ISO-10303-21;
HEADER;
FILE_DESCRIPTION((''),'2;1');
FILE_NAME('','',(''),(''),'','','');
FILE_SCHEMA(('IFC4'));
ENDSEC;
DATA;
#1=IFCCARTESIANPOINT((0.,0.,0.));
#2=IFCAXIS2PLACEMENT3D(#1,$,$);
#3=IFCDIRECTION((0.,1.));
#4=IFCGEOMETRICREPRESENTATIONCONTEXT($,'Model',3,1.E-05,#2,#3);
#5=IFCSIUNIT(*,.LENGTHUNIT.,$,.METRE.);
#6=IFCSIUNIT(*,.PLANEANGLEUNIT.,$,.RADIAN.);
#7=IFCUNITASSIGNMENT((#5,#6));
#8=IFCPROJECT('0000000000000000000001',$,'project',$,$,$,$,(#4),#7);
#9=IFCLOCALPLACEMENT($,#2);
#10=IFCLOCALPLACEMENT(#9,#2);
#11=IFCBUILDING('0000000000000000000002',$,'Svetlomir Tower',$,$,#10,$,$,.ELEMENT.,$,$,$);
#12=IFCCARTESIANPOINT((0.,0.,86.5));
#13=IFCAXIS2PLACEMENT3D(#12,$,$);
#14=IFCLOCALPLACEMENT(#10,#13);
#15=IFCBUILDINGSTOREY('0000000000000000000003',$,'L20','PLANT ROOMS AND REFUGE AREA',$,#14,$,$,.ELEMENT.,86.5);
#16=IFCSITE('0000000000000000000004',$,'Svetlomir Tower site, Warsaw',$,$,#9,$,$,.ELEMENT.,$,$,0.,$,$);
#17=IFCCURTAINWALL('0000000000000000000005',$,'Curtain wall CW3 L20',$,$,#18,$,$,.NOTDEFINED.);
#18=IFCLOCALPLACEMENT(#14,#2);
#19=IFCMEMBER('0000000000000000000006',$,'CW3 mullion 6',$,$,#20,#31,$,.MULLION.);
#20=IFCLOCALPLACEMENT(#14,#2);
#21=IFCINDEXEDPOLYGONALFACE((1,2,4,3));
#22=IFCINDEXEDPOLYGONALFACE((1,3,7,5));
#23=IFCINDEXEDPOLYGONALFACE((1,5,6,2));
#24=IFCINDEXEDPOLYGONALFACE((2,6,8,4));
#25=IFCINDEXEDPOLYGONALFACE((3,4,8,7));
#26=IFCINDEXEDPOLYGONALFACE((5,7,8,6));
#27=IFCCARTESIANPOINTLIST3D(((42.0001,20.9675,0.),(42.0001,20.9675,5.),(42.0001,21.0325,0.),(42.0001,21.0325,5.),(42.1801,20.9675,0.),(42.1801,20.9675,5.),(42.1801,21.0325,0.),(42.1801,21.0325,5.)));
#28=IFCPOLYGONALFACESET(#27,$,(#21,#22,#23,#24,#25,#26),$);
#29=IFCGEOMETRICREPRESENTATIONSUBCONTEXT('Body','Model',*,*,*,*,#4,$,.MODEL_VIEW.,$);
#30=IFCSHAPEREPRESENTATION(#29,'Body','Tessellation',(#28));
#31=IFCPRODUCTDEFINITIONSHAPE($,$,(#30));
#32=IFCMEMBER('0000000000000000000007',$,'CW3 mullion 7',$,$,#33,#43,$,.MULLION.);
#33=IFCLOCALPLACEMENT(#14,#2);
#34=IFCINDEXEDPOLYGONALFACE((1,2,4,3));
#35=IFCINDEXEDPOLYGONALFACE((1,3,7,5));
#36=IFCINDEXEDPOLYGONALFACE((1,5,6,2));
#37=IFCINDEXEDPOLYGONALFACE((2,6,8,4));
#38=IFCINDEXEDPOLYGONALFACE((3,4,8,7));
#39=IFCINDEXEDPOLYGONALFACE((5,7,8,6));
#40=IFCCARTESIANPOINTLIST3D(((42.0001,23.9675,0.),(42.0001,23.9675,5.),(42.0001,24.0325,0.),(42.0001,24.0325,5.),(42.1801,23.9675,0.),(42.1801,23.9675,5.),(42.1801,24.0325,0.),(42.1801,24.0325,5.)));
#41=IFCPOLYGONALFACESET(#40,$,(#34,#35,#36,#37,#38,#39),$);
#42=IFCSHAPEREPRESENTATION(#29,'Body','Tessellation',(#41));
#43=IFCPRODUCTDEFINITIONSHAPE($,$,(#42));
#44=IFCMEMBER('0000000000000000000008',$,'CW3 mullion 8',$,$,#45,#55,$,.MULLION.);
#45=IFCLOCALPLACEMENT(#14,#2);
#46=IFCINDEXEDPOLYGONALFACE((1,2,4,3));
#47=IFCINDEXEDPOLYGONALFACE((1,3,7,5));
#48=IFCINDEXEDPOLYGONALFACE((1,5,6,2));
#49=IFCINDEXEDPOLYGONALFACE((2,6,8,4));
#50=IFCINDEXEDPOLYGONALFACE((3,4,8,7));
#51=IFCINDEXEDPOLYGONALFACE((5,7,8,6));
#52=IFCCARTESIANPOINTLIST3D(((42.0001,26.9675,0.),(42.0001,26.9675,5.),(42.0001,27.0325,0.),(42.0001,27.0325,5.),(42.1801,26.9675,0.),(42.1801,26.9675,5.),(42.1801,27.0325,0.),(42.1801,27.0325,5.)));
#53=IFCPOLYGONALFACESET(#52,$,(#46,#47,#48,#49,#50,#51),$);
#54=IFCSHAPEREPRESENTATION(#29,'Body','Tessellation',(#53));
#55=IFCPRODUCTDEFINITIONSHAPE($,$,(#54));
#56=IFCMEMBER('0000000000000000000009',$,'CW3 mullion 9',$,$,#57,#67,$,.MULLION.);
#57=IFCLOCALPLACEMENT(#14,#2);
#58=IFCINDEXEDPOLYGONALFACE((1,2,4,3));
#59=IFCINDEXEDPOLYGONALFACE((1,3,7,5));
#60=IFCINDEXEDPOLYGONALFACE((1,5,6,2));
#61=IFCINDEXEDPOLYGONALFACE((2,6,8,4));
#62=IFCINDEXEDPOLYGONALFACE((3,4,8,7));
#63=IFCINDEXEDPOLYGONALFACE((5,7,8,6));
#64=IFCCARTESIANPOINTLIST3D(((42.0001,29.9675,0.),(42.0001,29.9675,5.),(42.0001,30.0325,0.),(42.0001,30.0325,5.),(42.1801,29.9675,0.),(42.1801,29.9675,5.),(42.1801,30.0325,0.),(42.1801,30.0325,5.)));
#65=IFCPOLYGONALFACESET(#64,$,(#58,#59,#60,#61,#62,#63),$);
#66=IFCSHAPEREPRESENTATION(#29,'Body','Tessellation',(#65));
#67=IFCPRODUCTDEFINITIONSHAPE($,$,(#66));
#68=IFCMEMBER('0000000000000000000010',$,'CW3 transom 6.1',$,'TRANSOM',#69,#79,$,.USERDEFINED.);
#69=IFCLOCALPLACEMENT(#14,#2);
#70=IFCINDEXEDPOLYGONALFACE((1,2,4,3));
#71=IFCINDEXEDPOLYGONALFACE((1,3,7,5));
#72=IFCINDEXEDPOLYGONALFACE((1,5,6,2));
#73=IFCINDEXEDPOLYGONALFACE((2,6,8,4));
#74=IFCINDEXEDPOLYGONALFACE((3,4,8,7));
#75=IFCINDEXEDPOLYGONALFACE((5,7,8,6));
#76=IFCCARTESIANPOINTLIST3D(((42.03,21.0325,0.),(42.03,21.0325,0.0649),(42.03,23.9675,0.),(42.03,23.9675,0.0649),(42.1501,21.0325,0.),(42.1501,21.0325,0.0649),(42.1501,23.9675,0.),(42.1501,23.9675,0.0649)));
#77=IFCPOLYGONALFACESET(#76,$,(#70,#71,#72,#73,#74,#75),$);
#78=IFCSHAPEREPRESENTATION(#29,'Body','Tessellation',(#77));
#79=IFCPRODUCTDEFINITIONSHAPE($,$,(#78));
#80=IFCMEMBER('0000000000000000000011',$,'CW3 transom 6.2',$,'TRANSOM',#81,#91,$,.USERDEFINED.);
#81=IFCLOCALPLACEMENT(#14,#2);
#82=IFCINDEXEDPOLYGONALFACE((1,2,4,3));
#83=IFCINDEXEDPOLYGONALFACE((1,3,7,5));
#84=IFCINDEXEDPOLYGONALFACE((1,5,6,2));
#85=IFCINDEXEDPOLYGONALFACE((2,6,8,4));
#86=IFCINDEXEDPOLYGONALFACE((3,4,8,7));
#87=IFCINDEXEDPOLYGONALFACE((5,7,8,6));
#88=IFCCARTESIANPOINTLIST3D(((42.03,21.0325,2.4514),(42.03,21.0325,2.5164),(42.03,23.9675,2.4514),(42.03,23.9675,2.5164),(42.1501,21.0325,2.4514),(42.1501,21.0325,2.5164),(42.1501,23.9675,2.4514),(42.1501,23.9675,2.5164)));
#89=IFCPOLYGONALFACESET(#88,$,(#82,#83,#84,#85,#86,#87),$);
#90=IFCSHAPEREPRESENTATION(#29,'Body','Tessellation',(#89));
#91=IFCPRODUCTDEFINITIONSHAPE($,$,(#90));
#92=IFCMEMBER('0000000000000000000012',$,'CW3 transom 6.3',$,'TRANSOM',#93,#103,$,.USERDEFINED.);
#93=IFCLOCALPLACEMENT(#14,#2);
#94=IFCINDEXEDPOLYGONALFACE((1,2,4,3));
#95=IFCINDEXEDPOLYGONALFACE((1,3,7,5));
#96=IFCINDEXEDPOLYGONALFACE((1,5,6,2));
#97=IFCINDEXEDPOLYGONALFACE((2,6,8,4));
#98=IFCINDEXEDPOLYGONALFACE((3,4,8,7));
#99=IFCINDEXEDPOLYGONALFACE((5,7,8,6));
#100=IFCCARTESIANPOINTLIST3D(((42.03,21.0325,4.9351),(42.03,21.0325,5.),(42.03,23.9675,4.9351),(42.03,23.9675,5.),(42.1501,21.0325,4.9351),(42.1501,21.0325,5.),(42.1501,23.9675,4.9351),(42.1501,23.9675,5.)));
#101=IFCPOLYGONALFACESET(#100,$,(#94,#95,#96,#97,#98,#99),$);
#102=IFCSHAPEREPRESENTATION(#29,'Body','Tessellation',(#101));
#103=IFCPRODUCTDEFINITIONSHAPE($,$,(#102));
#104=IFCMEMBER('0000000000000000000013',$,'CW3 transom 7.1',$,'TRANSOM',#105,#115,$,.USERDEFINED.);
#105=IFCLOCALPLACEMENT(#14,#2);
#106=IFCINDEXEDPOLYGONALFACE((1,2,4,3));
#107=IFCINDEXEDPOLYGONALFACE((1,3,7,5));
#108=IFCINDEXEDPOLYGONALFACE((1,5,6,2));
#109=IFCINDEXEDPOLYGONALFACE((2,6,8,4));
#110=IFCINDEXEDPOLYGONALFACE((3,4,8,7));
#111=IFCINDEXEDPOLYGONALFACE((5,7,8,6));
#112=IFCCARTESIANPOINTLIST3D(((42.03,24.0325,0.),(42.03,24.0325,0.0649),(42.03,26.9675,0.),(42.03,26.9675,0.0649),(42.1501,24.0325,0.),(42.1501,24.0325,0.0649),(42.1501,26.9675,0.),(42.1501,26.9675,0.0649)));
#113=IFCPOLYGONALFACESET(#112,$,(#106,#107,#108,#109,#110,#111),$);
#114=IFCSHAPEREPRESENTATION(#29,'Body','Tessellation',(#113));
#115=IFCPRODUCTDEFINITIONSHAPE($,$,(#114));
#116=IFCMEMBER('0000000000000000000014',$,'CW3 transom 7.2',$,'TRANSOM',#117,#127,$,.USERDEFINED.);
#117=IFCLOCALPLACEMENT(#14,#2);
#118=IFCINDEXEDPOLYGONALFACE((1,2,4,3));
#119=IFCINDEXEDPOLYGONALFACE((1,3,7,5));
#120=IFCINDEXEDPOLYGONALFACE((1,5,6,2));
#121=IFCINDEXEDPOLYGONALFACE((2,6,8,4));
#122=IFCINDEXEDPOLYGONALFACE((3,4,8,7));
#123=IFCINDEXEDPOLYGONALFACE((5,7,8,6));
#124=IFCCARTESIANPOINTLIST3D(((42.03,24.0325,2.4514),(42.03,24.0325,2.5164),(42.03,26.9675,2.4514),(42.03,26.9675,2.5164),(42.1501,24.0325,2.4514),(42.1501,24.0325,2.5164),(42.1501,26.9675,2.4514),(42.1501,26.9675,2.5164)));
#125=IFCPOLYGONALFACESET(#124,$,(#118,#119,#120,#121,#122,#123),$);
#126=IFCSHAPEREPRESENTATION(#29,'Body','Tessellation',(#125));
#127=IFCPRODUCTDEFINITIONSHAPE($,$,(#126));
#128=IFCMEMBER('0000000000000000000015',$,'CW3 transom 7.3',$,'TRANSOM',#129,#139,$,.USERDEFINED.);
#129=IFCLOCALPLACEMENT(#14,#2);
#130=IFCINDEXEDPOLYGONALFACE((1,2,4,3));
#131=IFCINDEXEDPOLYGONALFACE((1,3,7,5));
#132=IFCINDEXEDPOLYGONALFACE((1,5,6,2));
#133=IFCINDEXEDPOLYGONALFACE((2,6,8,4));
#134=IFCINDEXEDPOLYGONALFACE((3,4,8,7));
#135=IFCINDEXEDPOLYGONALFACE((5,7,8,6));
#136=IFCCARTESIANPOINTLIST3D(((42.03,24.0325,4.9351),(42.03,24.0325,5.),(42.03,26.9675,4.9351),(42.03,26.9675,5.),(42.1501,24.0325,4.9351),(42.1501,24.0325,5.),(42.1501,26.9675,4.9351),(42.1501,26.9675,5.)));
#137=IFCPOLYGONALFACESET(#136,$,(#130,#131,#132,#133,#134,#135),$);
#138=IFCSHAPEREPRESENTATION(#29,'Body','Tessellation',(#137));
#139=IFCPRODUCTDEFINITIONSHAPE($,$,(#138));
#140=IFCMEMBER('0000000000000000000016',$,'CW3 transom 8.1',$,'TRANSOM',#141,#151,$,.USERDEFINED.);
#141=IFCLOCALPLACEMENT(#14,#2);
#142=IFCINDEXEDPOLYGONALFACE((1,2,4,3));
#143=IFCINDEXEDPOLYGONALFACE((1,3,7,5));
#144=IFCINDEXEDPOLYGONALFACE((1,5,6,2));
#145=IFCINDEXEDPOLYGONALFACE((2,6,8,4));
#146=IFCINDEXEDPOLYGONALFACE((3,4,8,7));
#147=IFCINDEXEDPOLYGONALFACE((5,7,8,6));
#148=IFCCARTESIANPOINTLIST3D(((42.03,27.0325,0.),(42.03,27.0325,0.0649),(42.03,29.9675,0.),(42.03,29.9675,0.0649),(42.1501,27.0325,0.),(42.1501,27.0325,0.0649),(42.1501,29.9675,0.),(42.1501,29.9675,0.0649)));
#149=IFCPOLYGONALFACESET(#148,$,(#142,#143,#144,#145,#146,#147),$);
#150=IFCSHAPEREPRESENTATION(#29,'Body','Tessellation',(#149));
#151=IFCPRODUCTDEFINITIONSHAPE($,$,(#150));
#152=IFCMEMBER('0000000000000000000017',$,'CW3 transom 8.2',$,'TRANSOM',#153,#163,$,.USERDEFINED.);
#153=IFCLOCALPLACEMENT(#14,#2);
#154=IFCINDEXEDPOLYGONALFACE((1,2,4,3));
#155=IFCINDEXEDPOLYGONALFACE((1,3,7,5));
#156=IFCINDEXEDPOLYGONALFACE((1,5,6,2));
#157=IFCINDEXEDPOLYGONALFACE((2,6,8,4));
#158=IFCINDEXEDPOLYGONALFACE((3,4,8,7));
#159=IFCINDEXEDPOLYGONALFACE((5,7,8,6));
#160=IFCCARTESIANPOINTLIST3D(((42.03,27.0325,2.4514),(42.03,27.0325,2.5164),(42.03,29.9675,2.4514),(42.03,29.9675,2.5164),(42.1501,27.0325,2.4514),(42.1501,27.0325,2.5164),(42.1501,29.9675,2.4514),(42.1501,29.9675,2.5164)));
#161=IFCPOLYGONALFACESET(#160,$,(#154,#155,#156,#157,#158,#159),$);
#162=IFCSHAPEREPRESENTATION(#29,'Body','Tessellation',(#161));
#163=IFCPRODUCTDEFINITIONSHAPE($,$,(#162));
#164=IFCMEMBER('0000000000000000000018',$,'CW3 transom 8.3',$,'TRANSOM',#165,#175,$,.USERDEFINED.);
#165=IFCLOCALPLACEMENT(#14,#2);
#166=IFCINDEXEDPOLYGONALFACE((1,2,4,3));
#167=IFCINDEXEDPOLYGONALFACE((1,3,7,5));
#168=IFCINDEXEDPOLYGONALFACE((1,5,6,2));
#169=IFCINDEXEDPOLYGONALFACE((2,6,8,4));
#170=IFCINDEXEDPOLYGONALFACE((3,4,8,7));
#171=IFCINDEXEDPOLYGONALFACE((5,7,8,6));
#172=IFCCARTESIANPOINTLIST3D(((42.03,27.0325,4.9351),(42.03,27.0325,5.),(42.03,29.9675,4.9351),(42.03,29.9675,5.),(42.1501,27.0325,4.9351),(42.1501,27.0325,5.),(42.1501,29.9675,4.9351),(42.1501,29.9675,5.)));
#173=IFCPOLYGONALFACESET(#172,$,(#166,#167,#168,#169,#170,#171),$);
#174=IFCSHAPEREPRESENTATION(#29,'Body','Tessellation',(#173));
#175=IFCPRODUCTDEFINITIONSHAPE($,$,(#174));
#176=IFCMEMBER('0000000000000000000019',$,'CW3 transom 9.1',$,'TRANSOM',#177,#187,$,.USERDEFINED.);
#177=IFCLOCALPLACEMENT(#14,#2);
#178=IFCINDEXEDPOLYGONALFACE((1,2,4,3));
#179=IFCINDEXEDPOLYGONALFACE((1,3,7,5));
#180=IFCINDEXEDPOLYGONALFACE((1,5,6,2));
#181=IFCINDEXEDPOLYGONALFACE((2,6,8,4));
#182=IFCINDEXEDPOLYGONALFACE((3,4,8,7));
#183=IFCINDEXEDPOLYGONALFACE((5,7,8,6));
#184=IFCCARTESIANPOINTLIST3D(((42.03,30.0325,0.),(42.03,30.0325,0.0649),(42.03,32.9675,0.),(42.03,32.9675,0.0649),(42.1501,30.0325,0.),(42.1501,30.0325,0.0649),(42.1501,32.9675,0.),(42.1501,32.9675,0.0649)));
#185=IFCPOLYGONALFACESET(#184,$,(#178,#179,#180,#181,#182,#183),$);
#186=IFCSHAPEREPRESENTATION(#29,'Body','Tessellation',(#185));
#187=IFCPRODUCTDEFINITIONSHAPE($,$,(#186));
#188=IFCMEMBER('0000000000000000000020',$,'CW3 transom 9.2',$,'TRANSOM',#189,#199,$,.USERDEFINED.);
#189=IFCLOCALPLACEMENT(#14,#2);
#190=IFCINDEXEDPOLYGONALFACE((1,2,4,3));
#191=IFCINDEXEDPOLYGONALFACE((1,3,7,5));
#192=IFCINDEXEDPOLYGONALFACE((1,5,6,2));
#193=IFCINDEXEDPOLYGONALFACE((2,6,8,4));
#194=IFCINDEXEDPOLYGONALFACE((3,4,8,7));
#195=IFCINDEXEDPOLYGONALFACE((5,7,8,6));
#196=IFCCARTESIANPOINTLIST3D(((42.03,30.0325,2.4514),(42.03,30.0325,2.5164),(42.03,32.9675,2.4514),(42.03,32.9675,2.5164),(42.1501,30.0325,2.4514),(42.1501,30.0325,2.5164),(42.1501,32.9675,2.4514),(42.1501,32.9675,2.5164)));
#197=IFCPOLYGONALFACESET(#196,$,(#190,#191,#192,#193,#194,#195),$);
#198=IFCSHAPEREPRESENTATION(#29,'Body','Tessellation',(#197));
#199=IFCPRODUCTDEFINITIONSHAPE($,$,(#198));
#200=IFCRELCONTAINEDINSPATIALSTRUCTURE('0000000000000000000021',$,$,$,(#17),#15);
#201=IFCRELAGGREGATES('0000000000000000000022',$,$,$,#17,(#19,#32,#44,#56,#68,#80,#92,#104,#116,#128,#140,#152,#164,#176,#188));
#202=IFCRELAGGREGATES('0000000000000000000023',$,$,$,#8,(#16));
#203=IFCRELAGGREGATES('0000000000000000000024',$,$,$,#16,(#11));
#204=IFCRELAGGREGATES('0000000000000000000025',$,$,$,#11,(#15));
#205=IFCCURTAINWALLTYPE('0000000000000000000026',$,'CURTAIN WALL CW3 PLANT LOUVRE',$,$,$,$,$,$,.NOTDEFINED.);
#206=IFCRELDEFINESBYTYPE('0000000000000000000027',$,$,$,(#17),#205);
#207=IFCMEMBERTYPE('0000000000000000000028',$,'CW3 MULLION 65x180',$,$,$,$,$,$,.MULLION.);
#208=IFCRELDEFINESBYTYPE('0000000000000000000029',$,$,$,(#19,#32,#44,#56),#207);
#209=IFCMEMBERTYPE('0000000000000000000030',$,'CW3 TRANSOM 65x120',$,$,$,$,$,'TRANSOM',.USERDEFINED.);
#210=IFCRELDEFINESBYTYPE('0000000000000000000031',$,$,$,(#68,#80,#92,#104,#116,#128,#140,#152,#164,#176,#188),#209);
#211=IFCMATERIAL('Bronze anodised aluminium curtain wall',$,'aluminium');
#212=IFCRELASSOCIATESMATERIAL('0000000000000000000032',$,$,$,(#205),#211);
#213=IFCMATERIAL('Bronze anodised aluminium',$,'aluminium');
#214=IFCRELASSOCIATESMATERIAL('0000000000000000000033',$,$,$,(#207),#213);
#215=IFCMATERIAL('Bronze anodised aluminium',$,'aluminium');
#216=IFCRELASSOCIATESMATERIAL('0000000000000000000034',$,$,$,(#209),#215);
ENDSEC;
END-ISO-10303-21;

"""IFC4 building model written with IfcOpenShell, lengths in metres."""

from ifc_helpers import new_model, si_unit, direction, frame, origin, origin_2d, place, context, subcontext, project, spatial, rectangle, extrude, material, material_profile, profile_set, type_object, element, aggregate, save


model = new_model("IFC4")

# Units and contexts
model_context = context("Model", 3, precision=1e-05, world=origin(), true_north=direction((0.0, 1.0)))
body_context = subcontext(model_context, "Body", "Model", "MODEL_VIEW")
ifc_project = project(units=[si_unit("LENGTHUNIT", "METRE"), si_unit("PLANEANGLEUNIT", "RADIAN")], contexts=[model_context])

# Site, building, storey
site_placement = place(None, origin())
site = spatial("IfcSite", under=ifc_project, at=site_placement, Name="Svetlomir Tower site, Warsaw", CompositionType="ELEMENT", RefElevation=0.0)
building_placement = place(site_placement, origin())
building = spatial("IfcBuilding", under=site, at=building_placement, Name="Svetlomir Tower", CompositionType="ELEMENT")
storey_placement = place(building_placement, frame((0.0, 0.0, 86.5)))
storey = spatial("IfcBuildingStorey", under=building, at=storey_placement, Name="L20", Description="PLANT ROOMS AND REFUGE AREA", CompositionType="ELEMENT", Elevation=86.5)

# Curtain wall, members
ifc_material_1 = material(Name="Bronze anodised aluminium curtain wall", Category="aluminium")
curtain_wall_type = type_object("IfcCurtainWallType", Name="CURTAIN WALL CW3 PLANT LOUVRE", PredefinedType="NOTDEFINED", material=ifc_material_1)
curtain_wall_placement = place(storey_placement, origin())
curtain_wall = element("IfcCurtainWall", 1, at=curtain_wall_placement, inside=storey, type_object=curtain_wall_type, Name="Curtain wall CW3 L20", PredefinedType="NOTDEFINED")
ifc_material_2 = material(Name="Bronze anodised aluminium", Category="aluminium")
ifc_material_profile_1 = material_profile(ifc_material_2, rectangle(XDim=0.0649, YDim=0.1799, at=origin_2d()), Name="AL 65x180")
ifc_profile_set_1 = profile_set([ifc_material_profile_1], Name="Bronze anodised aluminium 6063-T6")
member_type_1 = type_object("IfcMemberType", Name="CW3 MULLION 65x180", PredefinedType="MULLION", material=ifc_profile_set_1)
member_1_placement = place(storey_placement, frame((42.0901, 21.0, 0.0), z_axis=(0.0, 0.0, 1.0), x_axis=(0.0, 1.0, 0.0)))
member_1 = element("IfcMember", 2, at=member_1_placement, type_object=member_type_1, Name="CW3 mullion 6", PredefinedType="MULLION", context=body_context, shape_type="SweptSolid", body=[
    extrude(rectangle(XDim=0.0649, YDim=0.1799, at=origin_2d()), origin(), (0.0, 0.0, 1.0), 5.0),
])
member_2_placement = place(storey_placement, frame((42.0901, 24.0, 0.0), z_axis=(0.0, 0.0, 1.0), x_axis=(0.0, 1.0, 0.0)))
member_2 = element("IfcMember", 3, at=member_2_placement, type_object=member_type_1, Name="CW3 mullion 7", PredefinedType="MULLION", context=body_context, shape_type="SweptSolid", body=[
    extrude(rectangle(XDim=0.0649, YDim=0.1799, at=origin_2d()), origin(), (0.0, 0.0, 1.0), 5.0),
])
member_3_placement = place(storey_placement, frame((42.0901, 27.0, 0.0), z_axis=(0.0, 0.0, 1.0), x_axis=(0.0, 1.0, 0.0)))
member_3 = element("IfcMember", 4, at=member_3_placement, type_object=member_type_1, Name="CW3 mullion 8", PredefinedType="MULLION", context=body_context, shape_type="SweptSolid", body=[
    extrude(rectangle(XDim=0.0649, YDim=0.1799, at=origin_2d()), origin(), (0.0, 0.0, 1.0), 5.0),
])
member_4_placement = place(storey_placement, frame((42.0901, 30.0, 0.0), z_axis=(0.0, 0.0, 1.0), x_axis=(0.0, 1.0, 0.0)))
member_4 = element("IfcMember", 5, at=member_4_placement, type_object=member_type_1, Name="CW3 mullion 9", PredefinedType="MULLION", context=body_context, shape_type="SweptSolid", body=[
    extrude(rectangle(XDim=0.0649, YDim=0.1799, at=origin_2d()), origin(), (0.0, 0.0, 1.0), 5.0),
])
ifc_material_3 = material(Name="Bronze anodised aluminium", Category="aluminium")
ifc_material_profile_2 = material_profile(ifc_material_3, rectangle(XDim=0.1201, YDim=0.0649, at=origin_2d()), Name="AL 120x65")
ifc_profile_set_2 = profile_set([ifc_material_profile_2], Name="Bronze anodised aluminium 6063-T6")
member_type_2 = type_object("IfcMemberType", Name="CW3 TRANSOM 65x120", ElementType="TRANSOM", PredefinedType="USERDEFINED", material=ifc_profile_set_2)
member_5_placement = place(storey_placement, frame((42.0901, 21.0325, 0.0325), z_axis=(0.0, 1.0, 0.0), x_axis=(-1.0, 0.0, 0.0)))
member_5 = element("IfcMember", 6, at=member_5_placement, type_object=member_type_2, Name="CW3 transom 6.1", ObjectType="TRANSOM", PredefinedType="USERDEFINED", context=body_context, shape_type="SweptSolid", body=[
    extrude(rectangle(XDim=0.1201, YDim=0.0649, at=origin_2d()), origin(), (0.0, 0.0, 1.0), 2.9351),
])
member_6_placement = place(storey_placement, frame((42.0901, 21.0325, 2.4839), z_axis=(0.0, 1.0, 0.0), x_axis=(-1.0, 0.0, 0.0)))
member_6 = element("IfcMember", 7, at=member_6_placement, type_object=member_type_2, Name="CW3 transom 6.2", ObjectType="TRANSOM", PredefinedType="USERDEFINED", context=body_context, shape_type="SweptSolid", body=[
    extrude(rectangle(XDim=0.1201, YDim=0.0649, at=origin_2d()), origin(), (0.0, 0.0, 1.0), 2.9351),
])
member_7_placement = place(storey_placement, frame((42.0901, 21.0325, 4.9675), z_axis=(0.0, 1.0, 0.0), x_axis=(-1.0, 0.0, 0.0)))
member_7 = element("IfcMember", 8, at=member_7_placement, type_object=member_type_2, Name="CW3 transom 6.3", ObjectType="TRANSOM", PredefinedType="USERDEFINED", context=body_context, shape_type="SweptSolid", body=[
    extrude(rectangle(XDim=0.1201, YDim=0.0649, at=origin_2d()), origin(), (0.0, 0.0, 1.0), 2.9351),
])
member_8_placement = place(storey_placement, frame((42.0901, 24.0325, 0.0325), z_axis=(0.0, 1.0, 0.0), x_axis=(-1.0, 0.0, 0.0)))
member_8 = element("IfcMember", 9, at=member_8_placement, type_object=member_type_2, Name="CW3 transom 7.1", ObjectType="TRANSOM", PredefinedType="USERDEFINED", context=body_context, shape_type="SweptSolid", body=[
    extrude(rectangle(XDim=0.1201, YDim=0.0649, at=origin_2d()), origin(), (0.0, 0.0, 1.0), 2.9351),
])
member_9_placement = place(storey_placement, frame((42.0901, 24.0325, 2.4839), z_axis=(0.0, 1.0, 0.0), x_axis=(-1.0, 0.0, 0.0)))
member_9 = element("IfcMember", 10, at=member_9_placement, type_object=member_type_2, Name="CW3 transom 7.2", ObjectType="TRANSOM", PredefinedType="USERDEFINED", context=body_context, shape_type="SweptSolid", body=[
    extrude(rectangle(XDim=0.1201, YDim=0.0649, at=origin_2d()), origin(), (0.0, 0.0, 1.0), 2.9351),
])
member_10_placement = place(storey_placement, frame((42.0901, 24.0325, 4.9675), z_axis=(0.0, 1.0, 0.0), x_axis=(-1.0, 0.0, 0.0)))
member_10 = element("IfcMember", 11, at=member_10_placement, type_object=member_type_2, Name="CW3 transom 7.3", ObjectType="TRANSOM", PredefinedType="USERDEFINED", context=body_context, shape_type="SweptSolid", body=[
    extrude(rectangle(XDim=0.1201, YDim=0.0649, at=origin_2d()), origin(), (0.0, 0.0, 1.0), 2.9351),
])
member_11_placement = place(storey_placement, frame((42.0901, 27.0325, 0.0325), z_axis=(0.0, 1.0, 0.0), x_axis=(-1.0, 0.0, 0.0)))
member_11 = element("IfcMember", 12, at=member_11_placement, type_object=member_type_2, Name="CW3 transom 8.1", ObjectType="TRANSOM", PredefinedType="USERDEFINED", context=body_context, shape_type="SweptSolid", body=[
    extrude(rectangle(XDim=0.1201, YDim=0.0649, at=origin_2d()), origin(), (0.0, 0.0, 1.0), 2.9351),
])
member_12_placement = place(storey_placement, frame((42.0901, 27.0325, 2.4839), z_axis=(0.0, 1.0, 0.0), x_axis=(-1.0, 0.0, 0.0)))
member_12 = element("IfcMember", 13, at=member_12_placement, type_object=member_type_2, Name="CW3 transom 8.2", ObjectType="TRANSOM", PredefinedType="USERDEFINED", context=body_context, shape_type="SweptSolid", body=[
    extrude(rectangle(XDim=0.1201, YDim=0.0649, at=origin_2d()), origin(), (0.0, 0.0, 1.0), 2.9351),
])
member_13_placement = place(storey_placement, frame((42.0901, 27.0325, 4.9675), z_axis=(0.0, 1.0, 0.0), x_axis=(-1.0, 0.0, 0.0)))
member_13 = element("IfcMember", 14, at=member_13_placement, type_object=member_type_2, Name="CW3 transom 8.3", ObjectType="TRANSOM", PredefinedType="USERDEFINED", context=body_context, shape_type="SweptSolid", body=[
    extrude(rectangle(XDim=0.1201, YDim=0.0649, at=origin_2d()), origin(), (0.0, 0.0, 1.0), 2.9351),
])
member_14_placement = place(storey_placement, frame((42.0901, 30.0325, 0.0325), z_axis=(0.0, 1.0, 0.0), x_axis=(-1.0, 0.0, 0.0)))
member_14 = element("IfcMember", 15, at=member_14_placement, type_object=member_type_2, Name="CW3 transom 9.1", ObjectType="TRANSOM", PredefinedType="USERDEFINED", context=body_context, shape_type="SweptSolid", body=[
    extrude(rectangle(XDim=0.1201, YDim=0.0649, at=origin_2d()), origin(), (0.0, 0.0, 1.0), 2.9351),
])
member_15_placement = place(storey_placement, frame((42.0901, 30.0325, 2.4839), z_axis=(0.0, 1.0, 0.0), x_axis=(-1.0, 0.0, 0.0)))
member_15 = element("IfcMember", 16, at=member_15_placement, type_object=member_type_2, Name="CW3 transom 9.2", ObjectType="TRANSOM", PredefinedType="USERDEFINED", context=body_context, shape_type="SweptSolid", body=[
    extrude(rectangle(XDim=0.1201, YDim=0.0649, at=origin_2d()), origin(), (0.0, 0.0, 1.0), 2.9351),
])

aggregate(curtain_wall, [member_1, member_2, member_3, member_4, member_5, member_6, member_7, member_8, member_9, member_10, member_11, member_12, member_13, member_14, member_15])

save(model, "model.ifc")
